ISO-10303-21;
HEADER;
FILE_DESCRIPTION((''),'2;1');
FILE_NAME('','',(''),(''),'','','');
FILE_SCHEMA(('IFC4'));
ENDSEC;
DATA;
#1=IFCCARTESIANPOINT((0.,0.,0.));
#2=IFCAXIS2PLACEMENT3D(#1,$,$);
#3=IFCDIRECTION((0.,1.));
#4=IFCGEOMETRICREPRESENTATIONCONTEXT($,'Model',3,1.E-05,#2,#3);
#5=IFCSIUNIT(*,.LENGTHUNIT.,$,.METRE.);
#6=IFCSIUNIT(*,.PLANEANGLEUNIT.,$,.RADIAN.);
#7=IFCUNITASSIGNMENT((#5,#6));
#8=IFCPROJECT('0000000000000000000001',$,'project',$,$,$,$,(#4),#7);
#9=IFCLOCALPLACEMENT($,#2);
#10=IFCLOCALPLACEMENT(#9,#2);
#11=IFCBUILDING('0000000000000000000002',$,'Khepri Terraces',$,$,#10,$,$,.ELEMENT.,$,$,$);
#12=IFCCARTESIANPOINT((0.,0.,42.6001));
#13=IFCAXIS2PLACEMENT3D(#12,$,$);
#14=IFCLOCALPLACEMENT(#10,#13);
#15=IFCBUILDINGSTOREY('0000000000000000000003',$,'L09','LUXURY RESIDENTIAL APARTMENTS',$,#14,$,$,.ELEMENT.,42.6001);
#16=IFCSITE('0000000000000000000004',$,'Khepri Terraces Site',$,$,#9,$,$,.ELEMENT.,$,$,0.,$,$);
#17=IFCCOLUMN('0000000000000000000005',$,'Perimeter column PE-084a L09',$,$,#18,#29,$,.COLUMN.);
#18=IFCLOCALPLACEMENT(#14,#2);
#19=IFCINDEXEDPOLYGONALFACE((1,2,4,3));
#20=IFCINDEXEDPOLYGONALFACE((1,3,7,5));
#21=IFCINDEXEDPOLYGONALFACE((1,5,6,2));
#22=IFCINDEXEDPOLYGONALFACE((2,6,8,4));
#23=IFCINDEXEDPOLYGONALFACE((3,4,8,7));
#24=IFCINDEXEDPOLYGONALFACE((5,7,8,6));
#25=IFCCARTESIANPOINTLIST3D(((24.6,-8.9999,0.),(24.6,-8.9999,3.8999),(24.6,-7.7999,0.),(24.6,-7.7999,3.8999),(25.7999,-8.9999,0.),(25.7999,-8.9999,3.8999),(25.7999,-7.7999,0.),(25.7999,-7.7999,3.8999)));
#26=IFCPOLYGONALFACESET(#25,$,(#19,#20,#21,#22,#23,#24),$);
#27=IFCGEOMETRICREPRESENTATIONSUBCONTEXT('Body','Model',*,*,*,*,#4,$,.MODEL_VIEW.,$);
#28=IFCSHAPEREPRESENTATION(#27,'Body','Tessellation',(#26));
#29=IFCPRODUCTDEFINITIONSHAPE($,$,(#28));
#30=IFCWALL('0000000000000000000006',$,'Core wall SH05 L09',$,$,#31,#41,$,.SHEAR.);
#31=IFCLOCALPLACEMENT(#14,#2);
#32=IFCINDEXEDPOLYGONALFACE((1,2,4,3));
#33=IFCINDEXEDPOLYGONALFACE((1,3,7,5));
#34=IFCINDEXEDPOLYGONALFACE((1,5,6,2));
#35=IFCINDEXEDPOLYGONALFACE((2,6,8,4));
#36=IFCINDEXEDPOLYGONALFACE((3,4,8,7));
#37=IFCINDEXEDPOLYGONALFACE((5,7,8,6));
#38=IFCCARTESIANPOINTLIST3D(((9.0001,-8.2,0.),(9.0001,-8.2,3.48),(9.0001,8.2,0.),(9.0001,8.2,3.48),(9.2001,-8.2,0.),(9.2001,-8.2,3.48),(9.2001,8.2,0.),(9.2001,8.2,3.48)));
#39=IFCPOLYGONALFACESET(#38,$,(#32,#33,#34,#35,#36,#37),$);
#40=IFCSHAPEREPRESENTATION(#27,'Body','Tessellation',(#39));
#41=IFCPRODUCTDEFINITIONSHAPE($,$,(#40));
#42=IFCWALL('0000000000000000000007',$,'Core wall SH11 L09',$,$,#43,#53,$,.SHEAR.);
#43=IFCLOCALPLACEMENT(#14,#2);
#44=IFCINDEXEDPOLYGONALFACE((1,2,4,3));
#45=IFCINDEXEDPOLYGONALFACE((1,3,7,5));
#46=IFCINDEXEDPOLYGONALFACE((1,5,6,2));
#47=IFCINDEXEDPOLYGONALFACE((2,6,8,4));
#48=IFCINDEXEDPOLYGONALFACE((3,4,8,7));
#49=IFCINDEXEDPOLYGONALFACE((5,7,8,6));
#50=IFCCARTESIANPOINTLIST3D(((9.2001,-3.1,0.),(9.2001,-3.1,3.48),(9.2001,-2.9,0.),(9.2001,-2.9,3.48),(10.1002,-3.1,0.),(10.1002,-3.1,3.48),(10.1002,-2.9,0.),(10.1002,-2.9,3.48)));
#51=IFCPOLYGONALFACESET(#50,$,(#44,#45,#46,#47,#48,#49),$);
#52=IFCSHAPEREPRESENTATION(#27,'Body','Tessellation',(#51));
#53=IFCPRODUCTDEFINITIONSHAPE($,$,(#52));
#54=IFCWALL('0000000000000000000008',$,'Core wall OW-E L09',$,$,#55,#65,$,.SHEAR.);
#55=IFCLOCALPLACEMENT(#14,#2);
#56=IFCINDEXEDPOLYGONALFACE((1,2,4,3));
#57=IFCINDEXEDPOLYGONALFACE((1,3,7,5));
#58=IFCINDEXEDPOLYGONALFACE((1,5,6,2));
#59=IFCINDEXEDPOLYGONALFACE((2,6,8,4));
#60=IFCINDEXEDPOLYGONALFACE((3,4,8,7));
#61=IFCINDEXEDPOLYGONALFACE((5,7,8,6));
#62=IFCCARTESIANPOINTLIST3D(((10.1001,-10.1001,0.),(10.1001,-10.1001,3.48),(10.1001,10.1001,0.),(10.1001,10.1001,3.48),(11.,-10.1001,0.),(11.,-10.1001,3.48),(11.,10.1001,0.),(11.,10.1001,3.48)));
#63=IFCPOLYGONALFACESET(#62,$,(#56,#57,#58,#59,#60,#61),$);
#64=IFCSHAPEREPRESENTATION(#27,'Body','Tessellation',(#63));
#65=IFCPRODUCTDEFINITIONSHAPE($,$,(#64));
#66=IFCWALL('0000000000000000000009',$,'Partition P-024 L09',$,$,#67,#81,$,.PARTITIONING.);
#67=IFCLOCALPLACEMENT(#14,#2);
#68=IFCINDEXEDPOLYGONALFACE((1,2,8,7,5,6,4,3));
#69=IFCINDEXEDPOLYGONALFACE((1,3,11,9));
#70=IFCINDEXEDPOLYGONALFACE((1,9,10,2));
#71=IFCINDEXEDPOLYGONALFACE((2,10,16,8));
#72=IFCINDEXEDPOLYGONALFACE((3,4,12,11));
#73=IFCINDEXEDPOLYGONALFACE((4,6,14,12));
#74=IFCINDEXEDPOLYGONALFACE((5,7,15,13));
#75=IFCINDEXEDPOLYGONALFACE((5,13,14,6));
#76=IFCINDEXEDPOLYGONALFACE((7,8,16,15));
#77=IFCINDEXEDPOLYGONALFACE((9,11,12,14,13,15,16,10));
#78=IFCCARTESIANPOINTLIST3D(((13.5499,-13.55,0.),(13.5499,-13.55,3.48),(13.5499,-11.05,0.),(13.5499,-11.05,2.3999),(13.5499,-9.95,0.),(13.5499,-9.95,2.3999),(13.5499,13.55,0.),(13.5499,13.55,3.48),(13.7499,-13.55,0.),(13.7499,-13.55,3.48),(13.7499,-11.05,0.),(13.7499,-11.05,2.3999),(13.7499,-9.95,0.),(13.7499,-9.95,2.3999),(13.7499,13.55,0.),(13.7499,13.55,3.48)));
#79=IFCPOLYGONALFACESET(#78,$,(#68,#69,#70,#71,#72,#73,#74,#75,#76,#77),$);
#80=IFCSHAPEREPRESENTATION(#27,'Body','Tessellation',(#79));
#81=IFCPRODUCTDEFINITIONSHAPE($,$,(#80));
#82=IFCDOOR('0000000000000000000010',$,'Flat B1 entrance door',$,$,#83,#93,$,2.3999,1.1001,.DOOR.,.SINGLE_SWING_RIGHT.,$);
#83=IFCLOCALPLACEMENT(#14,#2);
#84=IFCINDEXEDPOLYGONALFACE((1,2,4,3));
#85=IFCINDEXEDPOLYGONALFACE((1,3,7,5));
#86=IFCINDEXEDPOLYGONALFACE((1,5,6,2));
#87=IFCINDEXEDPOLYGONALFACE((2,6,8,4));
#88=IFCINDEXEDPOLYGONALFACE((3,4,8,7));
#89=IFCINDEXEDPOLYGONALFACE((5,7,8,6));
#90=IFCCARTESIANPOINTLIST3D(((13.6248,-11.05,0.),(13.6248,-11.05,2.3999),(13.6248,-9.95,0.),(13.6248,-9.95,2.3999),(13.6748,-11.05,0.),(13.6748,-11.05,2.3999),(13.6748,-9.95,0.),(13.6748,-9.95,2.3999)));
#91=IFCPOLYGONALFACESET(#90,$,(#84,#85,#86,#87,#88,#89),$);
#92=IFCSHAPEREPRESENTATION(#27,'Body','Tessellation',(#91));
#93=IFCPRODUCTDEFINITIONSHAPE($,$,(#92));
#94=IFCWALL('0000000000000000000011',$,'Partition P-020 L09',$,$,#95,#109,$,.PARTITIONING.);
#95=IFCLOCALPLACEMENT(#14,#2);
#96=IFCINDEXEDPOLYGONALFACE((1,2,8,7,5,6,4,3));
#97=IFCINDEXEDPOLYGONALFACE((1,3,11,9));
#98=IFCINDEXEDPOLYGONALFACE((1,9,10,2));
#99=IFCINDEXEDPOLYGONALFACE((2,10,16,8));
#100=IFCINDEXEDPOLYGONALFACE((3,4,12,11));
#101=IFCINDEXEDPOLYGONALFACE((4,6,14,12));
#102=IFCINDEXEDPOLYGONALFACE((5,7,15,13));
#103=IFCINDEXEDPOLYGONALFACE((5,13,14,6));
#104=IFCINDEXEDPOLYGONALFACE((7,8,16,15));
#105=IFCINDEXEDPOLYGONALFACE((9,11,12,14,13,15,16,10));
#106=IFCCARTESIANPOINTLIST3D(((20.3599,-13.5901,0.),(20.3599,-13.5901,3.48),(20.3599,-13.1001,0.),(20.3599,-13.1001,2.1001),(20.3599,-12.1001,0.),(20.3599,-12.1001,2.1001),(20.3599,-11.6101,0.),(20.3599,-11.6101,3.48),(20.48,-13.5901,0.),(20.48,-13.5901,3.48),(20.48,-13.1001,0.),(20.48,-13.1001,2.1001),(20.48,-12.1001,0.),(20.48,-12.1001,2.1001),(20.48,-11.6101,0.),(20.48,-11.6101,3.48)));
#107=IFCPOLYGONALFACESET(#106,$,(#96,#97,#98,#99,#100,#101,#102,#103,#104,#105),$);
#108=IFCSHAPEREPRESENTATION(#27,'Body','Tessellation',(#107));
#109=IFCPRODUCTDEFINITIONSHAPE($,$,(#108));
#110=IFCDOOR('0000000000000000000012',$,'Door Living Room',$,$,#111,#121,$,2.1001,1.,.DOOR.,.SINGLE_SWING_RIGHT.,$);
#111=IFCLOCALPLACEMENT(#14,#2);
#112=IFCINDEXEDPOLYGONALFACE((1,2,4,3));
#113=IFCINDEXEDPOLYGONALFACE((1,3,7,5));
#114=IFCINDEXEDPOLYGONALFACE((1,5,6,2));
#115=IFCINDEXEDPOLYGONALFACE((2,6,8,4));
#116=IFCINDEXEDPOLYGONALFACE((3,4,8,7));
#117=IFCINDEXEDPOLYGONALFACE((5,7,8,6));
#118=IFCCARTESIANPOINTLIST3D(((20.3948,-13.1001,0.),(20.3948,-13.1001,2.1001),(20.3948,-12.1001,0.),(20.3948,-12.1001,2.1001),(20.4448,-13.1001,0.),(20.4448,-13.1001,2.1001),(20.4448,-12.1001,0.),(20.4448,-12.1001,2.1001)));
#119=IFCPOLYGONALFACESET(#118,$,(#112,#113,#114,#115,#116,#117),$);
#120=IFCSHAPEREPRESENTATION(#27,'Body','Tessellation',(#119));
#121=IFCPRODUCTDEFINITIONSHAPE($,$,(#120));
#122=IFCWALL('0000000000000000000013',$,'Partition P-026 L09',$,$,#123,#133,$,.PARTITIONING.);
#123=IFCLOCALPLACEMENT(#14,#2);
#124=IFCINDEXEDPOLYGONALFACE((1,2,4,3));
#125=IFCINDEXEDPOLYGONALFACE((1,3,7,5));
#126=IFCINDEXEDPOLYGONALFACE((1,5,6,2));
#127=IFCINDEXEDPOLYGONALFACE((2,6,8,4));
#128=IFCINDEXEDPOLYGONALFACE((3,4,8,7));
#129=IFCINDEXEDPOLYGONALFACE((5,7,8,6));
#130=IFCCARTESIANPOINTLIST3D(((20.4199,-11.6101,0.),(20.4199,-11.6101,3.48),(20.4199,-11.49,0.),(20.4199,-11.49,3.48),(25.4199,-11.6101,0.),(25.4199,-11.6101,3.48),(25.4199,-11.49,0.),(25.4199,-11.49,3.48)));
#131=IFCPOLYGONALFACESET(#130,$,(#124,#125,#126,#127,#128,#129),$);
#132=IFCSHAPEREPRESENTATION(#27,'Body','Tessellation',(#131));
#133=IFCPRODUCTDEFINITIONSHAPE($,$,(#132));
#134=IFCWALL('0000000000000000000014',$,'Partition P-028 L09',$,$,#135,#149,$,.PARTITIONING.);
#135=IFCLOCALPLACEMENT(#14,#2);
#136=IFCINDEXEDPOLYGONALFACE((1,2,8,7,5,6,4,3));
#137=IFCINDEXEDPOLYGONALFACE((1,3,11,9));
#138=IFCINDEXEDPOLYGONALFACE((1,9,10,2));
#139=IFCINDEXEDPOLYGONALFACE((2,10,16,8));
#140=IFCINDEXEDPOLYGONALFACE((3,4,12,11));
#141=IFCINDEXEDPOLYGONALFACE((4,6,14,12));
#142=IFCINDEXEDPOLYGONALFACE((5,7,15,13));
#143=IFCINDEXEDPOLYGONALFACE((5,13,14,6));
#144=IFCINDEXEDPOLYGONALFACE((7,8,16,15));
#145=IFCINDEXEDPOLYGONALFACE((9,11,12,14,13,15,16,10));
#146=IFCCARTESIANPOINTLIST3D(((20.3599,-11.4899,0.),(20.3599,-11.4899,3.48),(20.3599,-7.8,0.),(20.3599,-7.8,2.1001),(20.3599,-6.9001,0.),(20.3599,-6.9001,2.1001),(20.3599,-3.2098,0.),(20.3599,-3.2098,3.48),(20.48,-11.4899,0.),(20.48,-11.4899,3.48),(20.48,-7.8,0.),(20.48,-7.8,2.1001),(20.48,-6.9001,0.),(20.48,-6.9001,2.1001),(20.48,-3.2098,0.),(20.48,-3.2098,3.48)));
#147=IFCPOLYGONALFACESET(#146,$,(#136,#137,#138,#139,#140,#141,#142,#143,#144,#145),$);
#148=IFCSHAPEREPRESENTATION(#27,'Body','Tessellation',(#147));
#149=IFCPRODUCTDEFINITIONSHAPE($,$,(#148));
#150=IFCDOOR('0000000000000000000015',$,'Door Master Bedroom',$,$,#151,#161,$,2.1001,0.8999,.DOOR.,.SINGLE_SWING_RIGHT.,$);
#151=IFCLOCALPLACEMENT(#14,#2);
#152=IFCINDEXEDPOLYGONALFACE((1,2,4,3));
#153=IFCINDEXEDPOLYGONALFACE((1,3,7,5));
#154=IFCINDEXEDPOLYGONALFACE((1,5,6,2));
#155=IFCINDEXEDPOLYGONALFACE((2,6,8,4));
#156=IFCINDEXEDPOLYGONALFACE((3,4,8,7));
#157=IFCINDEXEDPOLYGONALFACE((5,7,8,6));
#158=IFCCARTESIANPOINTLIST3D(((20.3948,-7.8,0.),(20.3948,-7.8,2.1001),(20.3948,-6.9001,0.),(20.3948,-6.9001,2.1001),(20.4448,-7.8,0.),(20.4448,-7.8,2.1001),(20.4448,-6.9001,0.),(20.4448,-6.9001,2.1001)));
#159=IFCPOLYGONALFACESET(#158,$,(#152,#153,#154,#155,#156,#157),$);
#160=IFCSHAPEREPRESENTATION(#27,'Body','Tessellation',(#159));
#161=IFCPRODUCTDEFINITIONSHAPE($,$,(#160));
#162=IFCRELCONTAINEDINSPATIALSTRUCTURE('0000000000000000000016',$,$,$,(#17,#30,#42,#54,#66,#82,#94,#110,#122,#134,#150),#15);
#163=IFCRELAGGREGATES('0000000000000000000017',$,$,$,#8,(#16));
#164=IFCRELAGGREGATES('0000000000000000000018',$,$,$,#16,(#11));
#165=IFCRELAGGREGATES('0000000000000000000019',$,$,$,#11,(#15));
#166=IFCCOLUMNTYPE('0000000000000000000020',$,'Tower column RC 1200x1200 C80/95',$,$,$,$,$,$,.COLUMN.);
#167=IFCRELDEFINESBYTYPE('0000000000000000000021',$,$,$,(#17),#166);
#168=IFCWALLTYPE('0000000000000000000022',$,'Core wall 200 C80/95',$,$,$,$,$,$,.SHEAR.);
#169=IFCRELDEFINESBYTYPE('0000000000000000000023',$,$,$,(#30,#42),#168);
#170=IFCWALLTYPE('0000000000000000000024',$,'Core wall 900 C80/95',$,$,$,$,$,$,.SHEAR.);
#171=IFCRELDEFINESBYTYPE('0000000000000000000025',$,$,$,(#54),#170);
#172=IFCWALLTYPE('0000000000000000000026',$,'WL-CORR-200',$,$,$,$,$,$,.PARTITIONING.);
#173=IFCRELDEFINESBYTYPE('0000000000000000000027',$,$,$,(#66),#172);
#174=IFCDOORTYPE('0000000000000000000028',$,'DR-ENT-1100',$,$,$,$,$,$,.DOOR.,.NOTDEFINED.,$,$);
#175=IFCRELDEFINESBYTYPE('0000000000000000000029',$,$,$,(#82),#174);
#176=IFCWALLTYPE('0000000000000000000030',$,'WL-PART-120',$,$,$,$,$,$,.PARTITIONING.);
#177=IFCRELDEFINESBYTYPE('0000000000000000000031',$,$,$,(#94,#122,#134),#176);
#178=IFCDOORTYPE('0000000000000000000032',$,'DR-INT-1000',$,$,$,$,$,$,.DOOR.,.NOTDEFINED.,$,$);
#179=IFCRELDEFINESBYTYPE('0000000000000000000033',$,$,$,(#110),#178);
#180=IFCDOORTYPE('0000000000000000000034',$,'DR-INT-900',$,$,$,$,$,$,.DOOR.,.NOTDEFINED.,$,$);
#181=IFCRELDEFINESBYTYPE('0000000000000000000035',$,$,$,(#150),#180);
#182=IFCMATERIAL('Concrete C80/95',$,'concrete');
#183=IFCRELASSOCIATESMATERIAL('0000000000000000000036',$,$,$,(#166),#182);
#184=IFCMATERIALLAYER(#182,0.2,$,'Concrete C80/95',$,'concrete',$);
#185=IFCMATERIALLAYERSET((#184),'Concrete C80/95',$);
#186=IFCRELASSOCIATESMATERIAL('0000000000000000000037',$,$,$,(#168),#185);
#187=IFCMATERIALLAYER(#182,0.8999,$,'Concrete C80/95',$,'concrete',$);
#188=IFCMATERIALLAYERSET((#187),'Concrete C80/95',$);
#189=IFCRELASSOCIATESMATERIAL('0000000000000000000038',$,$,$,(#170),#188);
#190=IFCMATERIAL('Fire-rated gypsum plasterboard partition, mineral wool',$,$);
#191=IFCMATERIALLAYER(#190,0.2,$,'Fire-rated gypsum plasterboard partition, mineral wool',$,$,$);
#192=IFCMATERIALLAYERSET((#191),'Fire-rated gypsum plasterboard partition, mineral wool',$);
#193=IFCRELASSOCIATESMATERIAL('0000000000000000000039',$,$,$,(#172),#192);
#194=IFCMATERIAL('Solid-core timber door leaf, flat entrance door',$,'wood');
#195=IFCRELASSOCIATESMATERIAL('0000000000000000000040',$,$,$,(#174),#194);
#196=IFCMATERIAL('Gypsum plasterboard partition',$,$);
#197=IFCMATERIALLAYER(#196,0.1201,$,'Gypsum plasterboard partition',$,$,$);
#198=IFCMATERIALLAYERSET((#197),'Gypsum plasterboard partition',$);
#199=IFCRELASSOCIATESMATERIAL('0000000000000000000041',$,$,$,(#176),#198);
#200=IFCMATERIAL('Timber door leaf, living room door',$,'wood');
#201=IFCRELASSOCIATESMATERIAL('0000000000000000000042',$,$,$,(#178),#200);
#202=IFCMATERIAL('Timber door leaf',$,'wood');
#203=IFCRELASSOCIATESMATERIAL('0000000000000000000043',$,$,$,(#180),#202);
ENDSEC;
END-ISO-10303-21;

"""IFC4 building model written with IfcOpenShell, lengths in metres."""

from ifc_helpers import new_model, si_unit, direction, frame, frame_2d, origin, origin_2d, place, context, subcontext, project, spatial, rectangle, extrude, material, layer, layer_set, material_profile, profile_set, type_object, element, fill, save


model = new_model("IFC4")

# Units and contexts
model_context = context("Model", 3, precision=1e-05, world=origin(), true_north=direction((0.0, 1.0)))
body_context = subcontext(model_context, "Body", "Model", "MODEL_VIEW")
ifc_project = project(units=[si_unit("LENGTHUNIT", "METRE"), si_unit("PLANEANGLEUNIT", "RADIAN")], contexts=[model_context])

# Site, building, storey
site_placement = place(None, origin())
site = spatial("IfcSite", under=ifc_project, at=site_placement, Name="Khepri Terraces Site", CompositionType="ELEMENT", RefElevation=0.0)
building_placement = place(site_placement, origin())
building = spatial("IfcBuilding", under=site, at=building_placement, Name="Khepri Terraces", CompositionType="ELEMENT")
storey_placement = place(building_placement, frame((0.0, 0.0, 42.6001)))
storey = spatial("IfcBuildingStorey", under=building, at=storey_placement, Name="L09", Description="LUXURY RESIDENTIAL APARTMENTS", CompositionType="ELEMENT", Elevation=42.6001)

# Column
ifc_material_1 = material(Name="Concrete C80/95", Category="concrete")
ifc_material_profile = material_profile(ifc_material_1, rectangle(XDim=1.2, YDim=1.2, at=origin_2d()), Name="Concrete C80/95", Category="concrete")
ifc_profile_set = profile_set([ifc_material_profile], Name="Concrete C80/95")
column_type = type_object("IfcColumnType", Name="Tower column RC 1200x1200 C80/95", PredefinedType="COLUMN", material=ifc_profile_set)
column_placement = place(storey_placement, frame((25.2, -8.3999, 0.0), z_axis=(0.0, 0.0, 1.0), x_axis=(1.0, 0.0, 0.0)))
element("IfcColumn", 1, at=column_placement, inside=storey, type_object=column_type, Name="Perimeter column PE-084a L09", PredefinedType="COLUMN", context=body_context, shape_type="SweptSolid", body=[
    extrude(rectangle(XDim=1.2, YDim=1.2, at=origin_2d()), origin(), (0.0, 0.0, 1.0), 3.8999),
])

# Walls
ifc_layer_1 = layer(ifc_material_1, 0.2, Name="Concrete C80/95", Category="concrete")
ifc_layer_set_1 = layer_set([ifc_layer_1], Name="Concrete C80/95")
wall_type_1 = type_object("IfcWallType", Name="Core wall 200 C80/95", PredefinedType="SHEAR", material=ifc_layer_set_1)
wall_1_placement = place(storey_placement, frame((9.1001, -8.2, 0.0), z_axis=(0.0, 0.0, 1.0), x_axis=(0.0, 1.0, 0.0)))
element("IfcWall", 2, at=wall_1_placement, inside=storey, type_object=wall_type_1, Name="Core wall SH05 L09", PredefinedType="SHEAR", context=body_context, shape_type="SweptSolid", body=[
    extrude(rectangle(XDim=16.3999, YDim=0.2, at=frame_2d((8.2, 0.0))), origin(), (0.0, 0.0, 1.0), 3.48),
])
wall_2_placement = place(storey_placement, frame((9.2, -3.0, 0.0), z_axis=(0.0, 0.0, 1.0), x_axis=(1.0, 0.0, 0.0)))
element("IfcWall", 3, at=wall_2_placement, inside=storey, type_object=wall_type_1, Name="Core wall SH11 L09", PredefinedType="SHEAR", context=body_context, shape_type="SweptSolid", body=[
    extrude(rectangle(XDim=0.9001, YDim=0.2, at=frame_2d((0.4502, 0.0))), origin(), (0.0, 0.0, 1.0), 3.48),
])
ifc_layer_2 = layer(ifc_material_1, 0.8999, Name="Concrete C80/95", Category="concrete")
ifc_layer_set_2 = layer_set([ifc_layer_2], Name="Concrete C80/95")
wall_type_2 = type_object("IfcWallType", Name="Core wall 900 C80/95", PredefinedType="SHEAR", material=ifc_layer_set_2)
wall_3_placement = place(storey_placement, frame((10.55, -10.1001, 0.0), z_axis=(0.0, 0.0, 1.0), x_axis=(0.0, 1.0, 0.0)))
element("IfcWall", 4, at=wall_3_placement, inside=storey, type_object=wall_type_2, Name="Core wall OW-E L09", PredefinedType="SHEAR", context=body_context, shape_type="SweptSolid", body=[
    extrude(rectangle(XDim=20.2002, YDim=0.8999, at=frame_2d((10.1001, 0.0))), origin(), (0.0, 0.0, 1.0), 3.48),
])

# Wall, opening, door
ifc_material_2 = material(Name="Fire-rated gypsum plasterboard partition, mineral wool")
ifc_layer_3 = layer(ifc_material_2, 0.2, Name="Fire-rated gypsum plasterboard partition, mineral wool")
ifc_layer_set_3 = layer_set([ifc_layer_3], Name="Fire-rated gypsum plasterboard partition, mineral wool")
wall_type_3 = type_object("IfcWallType", Name="WL-CORR-200", PredefinedType="PARTITIONING", material=ifc_layer_set_3)
wall_4_placement = place(storey_placement, frame((13.6499, -13.55, 0.0), z_axis=(0.0, 0.0, 1.0), x_axis=(0.0, 1.0, 0.0)))
wall_4 = element("IfcWall", 5, at=wall_4_placement, inside=storey, type_object=wall_type_3, Name="Partition P-024 L09", PredefinedType="PARTITIONING", context=body_context, shape_type="SweptSolid", body=[
    extrude(rectangle(XDim=27.1001, YDim=0.2, at=frame_2d((13.55, 0.0))), origin(), (0.0, 0.0, 1.0), 3.48),
])
opening_1_placement = place(wall_4_placement, frame((2.5, 0.0, 0.0)))
opening_1 = element("IfcOpeningElement", 6, at=opening_1_placement, cuts=wall_4, PredefinedType="OPENING", context=body_context, shape_type="SweptSolid", body=[
    extrude(rectangle(XDim=1.1001, YDim=2.3999, at=frame_2d((0.55, 1.2))), frame((0.0, 0.1099, 0.0), z_axis=(0.0, -1.0, 0.0), x_axis=(1.0, 0.0, 0.0)), (0.0, 0.0, 1.0), 0.22),
])
ifc_material_3 = material(Name="Solid-core timber door leaf, flat entrance door", Category="wood")
door_type_1 = type_object("IfcDoorType", Name="DR-ENT-1100", OperationType="NOTDEFINED", PredefinedType="DOOR", material=ifc_material_3)
door_1_placement = place(opening_1_placement, frame((1.1001, 0.0, 0.0), z_axis=(0.0, 0.0, 1.0), x_axis=(-1.0, 0.0, 0.0)))
door_1 = element("IfcDoor", 7, at=door_1_placement, inside=storey, type_object=door_type_1, Name="Flat B1 entrance door", OperationType="SINGLE_SWING_RIGHT", OverallHeight=2.3999, OverallWidth=1.1001, PredefinedType="DOOR", context=body_context, shape_type="SweptSolid", body=[
    extrude(rectangle(XDim=1.1001, YDim=2.3999, at=frame_2d((0.55, 1.2))), frame((0.0, 0.0249, 0.0), z_axis=(0.0, -1.0, 0.0), x_axis=(1.0, 0.0, 0.0)), (0.0, 0.0, 1.0), 0.05),
])
fill(opening_1, door_1)

# Wall, opening, door
ifc_material_4 = material(Name="Gypsum plasterboard partition")
ifc_layer_4 = layer(ifc_material_4, 0.1201, Name="Gypsum plasterboard partition")
ifc_layer_set_4 = layer_set([ifc_layer_4], Name="Gypsum plasterboard partition")
wall_type_4 = type_object("IfcWallType", Name="WL-PART-120", PredefinedType="PARTITIONING", material=ifc_layer_set_4)
wall_5_placement = place(storey_placement, frame((20.4199, -13.5901, 0.0), z_axis=(0.0, 0.0, 1.0), x_axis=(0.0, 1.0, 0.0)))
wall_5 = element("IfcWall", 8, at=wall_5_placement, inside=storey, type_object=wall_type_4, Name="Partition P-020 L09", PredefinedType="PARTITIONING", context=body_context, shape_type="SweptSolid", body=[
    extrude(rectangle(XDim=1.98, YDim=0.1201, at=frame_2d((0.99, 0.0))), origin(), (0.0, 0.0, 1.0), 3.48),
])
opening_2_placement = place(wall_5_placement, frame((0.49, 0.0, 0.0)))
opening_2 = element("IfcOpeningElement", 9, at=opening_2_placement, cuts=wall_5, PredefinedType="OPENING", context=body_context, shape_type="SweptSolid", body=[
    extrude(rectangle(XDim=1.0, YDim=2.1001, at=frame_2d((0.5, 1.05))), frame((0.0, 0.0701, 0.0), z_axis=(0.0, -1.0, 0.0), x_axis=(1.0, 0.0, 0.0)), (0.0, 0.0, 1.0), 0.1401),
])
ifc_material_5 = material(Name="Timber door leaf, living room door", Category="wood")
door_type_2 = type_object("IfcDoorType", Name="DR-INT-1000", OperationType="NOTDEFINED", PredefinedType="DOOR", material=ifc_material_5)
door_2_placement = place(opening_2_placement, frame((1.0, 0.0, 0.0), z_axis=(0.0, 0.0, 1.0), x_axis=(-1.0, 0.0, 0.0)))
door_2 = element("IfcDoor", 10, at=door_2_placement, inside=storey, type_object=door_type_2, Name="Door Living Room", OperationType="SINGLE_SWING_RIGHT", OverallHeight=2.1001, OverallWidth=1.0, PredefinedType="DOOR", context=body_context, shape_type="SweptSolid", body=[
    extrude(rectangle(XDim=1.0, YDim=2.1001, at=frame_2d((0.5, 1.05))), frame((0.0, 0.0249, 0.0), z_axis=(0.0, -1.0, 0.0), x_axis=(1.0, 0.0, 0.0)), (0.0, 0.0, 1.0), 0.05),
])
fill(opening_2, door_2)

# Wall
wall_6_placement = place(storey_placement, frame((20.4199, -11.55, 0.0), z_axis=(0.0, 0.0, 1.0), x_axis=(1.0, 0.0, 0.0)))
element("IfcWall", 11, at=wall_6_placement, inside=storey, type_object=wall_type_4, Name="Partition P-026 L09", PredefinedType="PARTITIONING", context=body_context, shape_type="SweptSolid", body=[
    extrude(rectangle(XDim=5.0, YDim=0.1201, at=frame_2d((2.5, 0.0))), origin(), (0.0, 0.0, 1.0), 3.48),
])

# Wall, opening, door
wall_7_placement = place(storey_placement, frame((20.4199, -11.49, 0.0), z_axis=(0.0, 0.0, 1.0), x_axis=(0.0, 1.0, 0.0)))
wall_7 = element("IfcWall", 12, at=wall_7_placement, inside=storey, type_object=wall_type_4, Name="Partition P-028 L09", PredefinedType="PARTITIONING", context=body_context, shape_type="SweptSolid", body=[
    extrude(rectangle(XDim=8.28, YDim=0.1201, at=frame_2d((4.1401, 0.0))), origin(), (0.0, 0.0, 1.0), 3.48),
])
opening_3_placement = place(wall_7_placement, frame((3.6899, 0.0, 0.0)))
opening_3 = element("IfcOpeningElement", 13, at=opening_3_placement, cuts=wall_7, PredefinedType="OPENING", context=body_context, shape_type="SweptSolid", body=[
    extrude(rectangle(XDim=0.8999, YDim=2.1001, at=frame_2d((0.45, 1.05))), frame((0.0, 0.0701, 0.0), z_axis=(0.0, -1.0, 0.0), x_axis=(1.0, 0.0, 0.0)), (0.0, 0.0, 1.0), 0.1401),
])
ifc_material_6 = material(Name="Timber door leaf", Category="wood")
door_type_3 = type_object("IfcDoorType", Name="DR-INT-900", OperationType="NOTDEFINED", PredefinedType="DOOR", material=ifc_material_6)
door_3_placement = place(opening_3_placement, frame((0.8999, 0.0, 0.0), z_axis=(0.0, 0.0, 1.0), x_axis=(-1.0, 0.0, 0.0)))
door_3 = element("IfcDoor", 14, at=door_3_placement, inside=storey, type_object=door_type_3, Name="Door Master Bedroom", OperationType="SINGLE_SWING_RIGHT", OverallHeight=2.1001, OverallWidth=0.8999, PredefinedType="DOOR", context=body_context, shape_type="SweptSolid", body=[
    extrude(rectangle(XDim=0.8999, YDim=2.1001, at=frame_2d((0.45, 1.05))), frame((0.0, 0.0249, 0.0), z_axis=(0.0, -1.0, 0.0), x_axis=(1.0, 0.0, 0.0)), (0.0, 0.0, 1.0), 0.05),
])
fill(opening_3, door_3)

save(model, "model.ifc")
